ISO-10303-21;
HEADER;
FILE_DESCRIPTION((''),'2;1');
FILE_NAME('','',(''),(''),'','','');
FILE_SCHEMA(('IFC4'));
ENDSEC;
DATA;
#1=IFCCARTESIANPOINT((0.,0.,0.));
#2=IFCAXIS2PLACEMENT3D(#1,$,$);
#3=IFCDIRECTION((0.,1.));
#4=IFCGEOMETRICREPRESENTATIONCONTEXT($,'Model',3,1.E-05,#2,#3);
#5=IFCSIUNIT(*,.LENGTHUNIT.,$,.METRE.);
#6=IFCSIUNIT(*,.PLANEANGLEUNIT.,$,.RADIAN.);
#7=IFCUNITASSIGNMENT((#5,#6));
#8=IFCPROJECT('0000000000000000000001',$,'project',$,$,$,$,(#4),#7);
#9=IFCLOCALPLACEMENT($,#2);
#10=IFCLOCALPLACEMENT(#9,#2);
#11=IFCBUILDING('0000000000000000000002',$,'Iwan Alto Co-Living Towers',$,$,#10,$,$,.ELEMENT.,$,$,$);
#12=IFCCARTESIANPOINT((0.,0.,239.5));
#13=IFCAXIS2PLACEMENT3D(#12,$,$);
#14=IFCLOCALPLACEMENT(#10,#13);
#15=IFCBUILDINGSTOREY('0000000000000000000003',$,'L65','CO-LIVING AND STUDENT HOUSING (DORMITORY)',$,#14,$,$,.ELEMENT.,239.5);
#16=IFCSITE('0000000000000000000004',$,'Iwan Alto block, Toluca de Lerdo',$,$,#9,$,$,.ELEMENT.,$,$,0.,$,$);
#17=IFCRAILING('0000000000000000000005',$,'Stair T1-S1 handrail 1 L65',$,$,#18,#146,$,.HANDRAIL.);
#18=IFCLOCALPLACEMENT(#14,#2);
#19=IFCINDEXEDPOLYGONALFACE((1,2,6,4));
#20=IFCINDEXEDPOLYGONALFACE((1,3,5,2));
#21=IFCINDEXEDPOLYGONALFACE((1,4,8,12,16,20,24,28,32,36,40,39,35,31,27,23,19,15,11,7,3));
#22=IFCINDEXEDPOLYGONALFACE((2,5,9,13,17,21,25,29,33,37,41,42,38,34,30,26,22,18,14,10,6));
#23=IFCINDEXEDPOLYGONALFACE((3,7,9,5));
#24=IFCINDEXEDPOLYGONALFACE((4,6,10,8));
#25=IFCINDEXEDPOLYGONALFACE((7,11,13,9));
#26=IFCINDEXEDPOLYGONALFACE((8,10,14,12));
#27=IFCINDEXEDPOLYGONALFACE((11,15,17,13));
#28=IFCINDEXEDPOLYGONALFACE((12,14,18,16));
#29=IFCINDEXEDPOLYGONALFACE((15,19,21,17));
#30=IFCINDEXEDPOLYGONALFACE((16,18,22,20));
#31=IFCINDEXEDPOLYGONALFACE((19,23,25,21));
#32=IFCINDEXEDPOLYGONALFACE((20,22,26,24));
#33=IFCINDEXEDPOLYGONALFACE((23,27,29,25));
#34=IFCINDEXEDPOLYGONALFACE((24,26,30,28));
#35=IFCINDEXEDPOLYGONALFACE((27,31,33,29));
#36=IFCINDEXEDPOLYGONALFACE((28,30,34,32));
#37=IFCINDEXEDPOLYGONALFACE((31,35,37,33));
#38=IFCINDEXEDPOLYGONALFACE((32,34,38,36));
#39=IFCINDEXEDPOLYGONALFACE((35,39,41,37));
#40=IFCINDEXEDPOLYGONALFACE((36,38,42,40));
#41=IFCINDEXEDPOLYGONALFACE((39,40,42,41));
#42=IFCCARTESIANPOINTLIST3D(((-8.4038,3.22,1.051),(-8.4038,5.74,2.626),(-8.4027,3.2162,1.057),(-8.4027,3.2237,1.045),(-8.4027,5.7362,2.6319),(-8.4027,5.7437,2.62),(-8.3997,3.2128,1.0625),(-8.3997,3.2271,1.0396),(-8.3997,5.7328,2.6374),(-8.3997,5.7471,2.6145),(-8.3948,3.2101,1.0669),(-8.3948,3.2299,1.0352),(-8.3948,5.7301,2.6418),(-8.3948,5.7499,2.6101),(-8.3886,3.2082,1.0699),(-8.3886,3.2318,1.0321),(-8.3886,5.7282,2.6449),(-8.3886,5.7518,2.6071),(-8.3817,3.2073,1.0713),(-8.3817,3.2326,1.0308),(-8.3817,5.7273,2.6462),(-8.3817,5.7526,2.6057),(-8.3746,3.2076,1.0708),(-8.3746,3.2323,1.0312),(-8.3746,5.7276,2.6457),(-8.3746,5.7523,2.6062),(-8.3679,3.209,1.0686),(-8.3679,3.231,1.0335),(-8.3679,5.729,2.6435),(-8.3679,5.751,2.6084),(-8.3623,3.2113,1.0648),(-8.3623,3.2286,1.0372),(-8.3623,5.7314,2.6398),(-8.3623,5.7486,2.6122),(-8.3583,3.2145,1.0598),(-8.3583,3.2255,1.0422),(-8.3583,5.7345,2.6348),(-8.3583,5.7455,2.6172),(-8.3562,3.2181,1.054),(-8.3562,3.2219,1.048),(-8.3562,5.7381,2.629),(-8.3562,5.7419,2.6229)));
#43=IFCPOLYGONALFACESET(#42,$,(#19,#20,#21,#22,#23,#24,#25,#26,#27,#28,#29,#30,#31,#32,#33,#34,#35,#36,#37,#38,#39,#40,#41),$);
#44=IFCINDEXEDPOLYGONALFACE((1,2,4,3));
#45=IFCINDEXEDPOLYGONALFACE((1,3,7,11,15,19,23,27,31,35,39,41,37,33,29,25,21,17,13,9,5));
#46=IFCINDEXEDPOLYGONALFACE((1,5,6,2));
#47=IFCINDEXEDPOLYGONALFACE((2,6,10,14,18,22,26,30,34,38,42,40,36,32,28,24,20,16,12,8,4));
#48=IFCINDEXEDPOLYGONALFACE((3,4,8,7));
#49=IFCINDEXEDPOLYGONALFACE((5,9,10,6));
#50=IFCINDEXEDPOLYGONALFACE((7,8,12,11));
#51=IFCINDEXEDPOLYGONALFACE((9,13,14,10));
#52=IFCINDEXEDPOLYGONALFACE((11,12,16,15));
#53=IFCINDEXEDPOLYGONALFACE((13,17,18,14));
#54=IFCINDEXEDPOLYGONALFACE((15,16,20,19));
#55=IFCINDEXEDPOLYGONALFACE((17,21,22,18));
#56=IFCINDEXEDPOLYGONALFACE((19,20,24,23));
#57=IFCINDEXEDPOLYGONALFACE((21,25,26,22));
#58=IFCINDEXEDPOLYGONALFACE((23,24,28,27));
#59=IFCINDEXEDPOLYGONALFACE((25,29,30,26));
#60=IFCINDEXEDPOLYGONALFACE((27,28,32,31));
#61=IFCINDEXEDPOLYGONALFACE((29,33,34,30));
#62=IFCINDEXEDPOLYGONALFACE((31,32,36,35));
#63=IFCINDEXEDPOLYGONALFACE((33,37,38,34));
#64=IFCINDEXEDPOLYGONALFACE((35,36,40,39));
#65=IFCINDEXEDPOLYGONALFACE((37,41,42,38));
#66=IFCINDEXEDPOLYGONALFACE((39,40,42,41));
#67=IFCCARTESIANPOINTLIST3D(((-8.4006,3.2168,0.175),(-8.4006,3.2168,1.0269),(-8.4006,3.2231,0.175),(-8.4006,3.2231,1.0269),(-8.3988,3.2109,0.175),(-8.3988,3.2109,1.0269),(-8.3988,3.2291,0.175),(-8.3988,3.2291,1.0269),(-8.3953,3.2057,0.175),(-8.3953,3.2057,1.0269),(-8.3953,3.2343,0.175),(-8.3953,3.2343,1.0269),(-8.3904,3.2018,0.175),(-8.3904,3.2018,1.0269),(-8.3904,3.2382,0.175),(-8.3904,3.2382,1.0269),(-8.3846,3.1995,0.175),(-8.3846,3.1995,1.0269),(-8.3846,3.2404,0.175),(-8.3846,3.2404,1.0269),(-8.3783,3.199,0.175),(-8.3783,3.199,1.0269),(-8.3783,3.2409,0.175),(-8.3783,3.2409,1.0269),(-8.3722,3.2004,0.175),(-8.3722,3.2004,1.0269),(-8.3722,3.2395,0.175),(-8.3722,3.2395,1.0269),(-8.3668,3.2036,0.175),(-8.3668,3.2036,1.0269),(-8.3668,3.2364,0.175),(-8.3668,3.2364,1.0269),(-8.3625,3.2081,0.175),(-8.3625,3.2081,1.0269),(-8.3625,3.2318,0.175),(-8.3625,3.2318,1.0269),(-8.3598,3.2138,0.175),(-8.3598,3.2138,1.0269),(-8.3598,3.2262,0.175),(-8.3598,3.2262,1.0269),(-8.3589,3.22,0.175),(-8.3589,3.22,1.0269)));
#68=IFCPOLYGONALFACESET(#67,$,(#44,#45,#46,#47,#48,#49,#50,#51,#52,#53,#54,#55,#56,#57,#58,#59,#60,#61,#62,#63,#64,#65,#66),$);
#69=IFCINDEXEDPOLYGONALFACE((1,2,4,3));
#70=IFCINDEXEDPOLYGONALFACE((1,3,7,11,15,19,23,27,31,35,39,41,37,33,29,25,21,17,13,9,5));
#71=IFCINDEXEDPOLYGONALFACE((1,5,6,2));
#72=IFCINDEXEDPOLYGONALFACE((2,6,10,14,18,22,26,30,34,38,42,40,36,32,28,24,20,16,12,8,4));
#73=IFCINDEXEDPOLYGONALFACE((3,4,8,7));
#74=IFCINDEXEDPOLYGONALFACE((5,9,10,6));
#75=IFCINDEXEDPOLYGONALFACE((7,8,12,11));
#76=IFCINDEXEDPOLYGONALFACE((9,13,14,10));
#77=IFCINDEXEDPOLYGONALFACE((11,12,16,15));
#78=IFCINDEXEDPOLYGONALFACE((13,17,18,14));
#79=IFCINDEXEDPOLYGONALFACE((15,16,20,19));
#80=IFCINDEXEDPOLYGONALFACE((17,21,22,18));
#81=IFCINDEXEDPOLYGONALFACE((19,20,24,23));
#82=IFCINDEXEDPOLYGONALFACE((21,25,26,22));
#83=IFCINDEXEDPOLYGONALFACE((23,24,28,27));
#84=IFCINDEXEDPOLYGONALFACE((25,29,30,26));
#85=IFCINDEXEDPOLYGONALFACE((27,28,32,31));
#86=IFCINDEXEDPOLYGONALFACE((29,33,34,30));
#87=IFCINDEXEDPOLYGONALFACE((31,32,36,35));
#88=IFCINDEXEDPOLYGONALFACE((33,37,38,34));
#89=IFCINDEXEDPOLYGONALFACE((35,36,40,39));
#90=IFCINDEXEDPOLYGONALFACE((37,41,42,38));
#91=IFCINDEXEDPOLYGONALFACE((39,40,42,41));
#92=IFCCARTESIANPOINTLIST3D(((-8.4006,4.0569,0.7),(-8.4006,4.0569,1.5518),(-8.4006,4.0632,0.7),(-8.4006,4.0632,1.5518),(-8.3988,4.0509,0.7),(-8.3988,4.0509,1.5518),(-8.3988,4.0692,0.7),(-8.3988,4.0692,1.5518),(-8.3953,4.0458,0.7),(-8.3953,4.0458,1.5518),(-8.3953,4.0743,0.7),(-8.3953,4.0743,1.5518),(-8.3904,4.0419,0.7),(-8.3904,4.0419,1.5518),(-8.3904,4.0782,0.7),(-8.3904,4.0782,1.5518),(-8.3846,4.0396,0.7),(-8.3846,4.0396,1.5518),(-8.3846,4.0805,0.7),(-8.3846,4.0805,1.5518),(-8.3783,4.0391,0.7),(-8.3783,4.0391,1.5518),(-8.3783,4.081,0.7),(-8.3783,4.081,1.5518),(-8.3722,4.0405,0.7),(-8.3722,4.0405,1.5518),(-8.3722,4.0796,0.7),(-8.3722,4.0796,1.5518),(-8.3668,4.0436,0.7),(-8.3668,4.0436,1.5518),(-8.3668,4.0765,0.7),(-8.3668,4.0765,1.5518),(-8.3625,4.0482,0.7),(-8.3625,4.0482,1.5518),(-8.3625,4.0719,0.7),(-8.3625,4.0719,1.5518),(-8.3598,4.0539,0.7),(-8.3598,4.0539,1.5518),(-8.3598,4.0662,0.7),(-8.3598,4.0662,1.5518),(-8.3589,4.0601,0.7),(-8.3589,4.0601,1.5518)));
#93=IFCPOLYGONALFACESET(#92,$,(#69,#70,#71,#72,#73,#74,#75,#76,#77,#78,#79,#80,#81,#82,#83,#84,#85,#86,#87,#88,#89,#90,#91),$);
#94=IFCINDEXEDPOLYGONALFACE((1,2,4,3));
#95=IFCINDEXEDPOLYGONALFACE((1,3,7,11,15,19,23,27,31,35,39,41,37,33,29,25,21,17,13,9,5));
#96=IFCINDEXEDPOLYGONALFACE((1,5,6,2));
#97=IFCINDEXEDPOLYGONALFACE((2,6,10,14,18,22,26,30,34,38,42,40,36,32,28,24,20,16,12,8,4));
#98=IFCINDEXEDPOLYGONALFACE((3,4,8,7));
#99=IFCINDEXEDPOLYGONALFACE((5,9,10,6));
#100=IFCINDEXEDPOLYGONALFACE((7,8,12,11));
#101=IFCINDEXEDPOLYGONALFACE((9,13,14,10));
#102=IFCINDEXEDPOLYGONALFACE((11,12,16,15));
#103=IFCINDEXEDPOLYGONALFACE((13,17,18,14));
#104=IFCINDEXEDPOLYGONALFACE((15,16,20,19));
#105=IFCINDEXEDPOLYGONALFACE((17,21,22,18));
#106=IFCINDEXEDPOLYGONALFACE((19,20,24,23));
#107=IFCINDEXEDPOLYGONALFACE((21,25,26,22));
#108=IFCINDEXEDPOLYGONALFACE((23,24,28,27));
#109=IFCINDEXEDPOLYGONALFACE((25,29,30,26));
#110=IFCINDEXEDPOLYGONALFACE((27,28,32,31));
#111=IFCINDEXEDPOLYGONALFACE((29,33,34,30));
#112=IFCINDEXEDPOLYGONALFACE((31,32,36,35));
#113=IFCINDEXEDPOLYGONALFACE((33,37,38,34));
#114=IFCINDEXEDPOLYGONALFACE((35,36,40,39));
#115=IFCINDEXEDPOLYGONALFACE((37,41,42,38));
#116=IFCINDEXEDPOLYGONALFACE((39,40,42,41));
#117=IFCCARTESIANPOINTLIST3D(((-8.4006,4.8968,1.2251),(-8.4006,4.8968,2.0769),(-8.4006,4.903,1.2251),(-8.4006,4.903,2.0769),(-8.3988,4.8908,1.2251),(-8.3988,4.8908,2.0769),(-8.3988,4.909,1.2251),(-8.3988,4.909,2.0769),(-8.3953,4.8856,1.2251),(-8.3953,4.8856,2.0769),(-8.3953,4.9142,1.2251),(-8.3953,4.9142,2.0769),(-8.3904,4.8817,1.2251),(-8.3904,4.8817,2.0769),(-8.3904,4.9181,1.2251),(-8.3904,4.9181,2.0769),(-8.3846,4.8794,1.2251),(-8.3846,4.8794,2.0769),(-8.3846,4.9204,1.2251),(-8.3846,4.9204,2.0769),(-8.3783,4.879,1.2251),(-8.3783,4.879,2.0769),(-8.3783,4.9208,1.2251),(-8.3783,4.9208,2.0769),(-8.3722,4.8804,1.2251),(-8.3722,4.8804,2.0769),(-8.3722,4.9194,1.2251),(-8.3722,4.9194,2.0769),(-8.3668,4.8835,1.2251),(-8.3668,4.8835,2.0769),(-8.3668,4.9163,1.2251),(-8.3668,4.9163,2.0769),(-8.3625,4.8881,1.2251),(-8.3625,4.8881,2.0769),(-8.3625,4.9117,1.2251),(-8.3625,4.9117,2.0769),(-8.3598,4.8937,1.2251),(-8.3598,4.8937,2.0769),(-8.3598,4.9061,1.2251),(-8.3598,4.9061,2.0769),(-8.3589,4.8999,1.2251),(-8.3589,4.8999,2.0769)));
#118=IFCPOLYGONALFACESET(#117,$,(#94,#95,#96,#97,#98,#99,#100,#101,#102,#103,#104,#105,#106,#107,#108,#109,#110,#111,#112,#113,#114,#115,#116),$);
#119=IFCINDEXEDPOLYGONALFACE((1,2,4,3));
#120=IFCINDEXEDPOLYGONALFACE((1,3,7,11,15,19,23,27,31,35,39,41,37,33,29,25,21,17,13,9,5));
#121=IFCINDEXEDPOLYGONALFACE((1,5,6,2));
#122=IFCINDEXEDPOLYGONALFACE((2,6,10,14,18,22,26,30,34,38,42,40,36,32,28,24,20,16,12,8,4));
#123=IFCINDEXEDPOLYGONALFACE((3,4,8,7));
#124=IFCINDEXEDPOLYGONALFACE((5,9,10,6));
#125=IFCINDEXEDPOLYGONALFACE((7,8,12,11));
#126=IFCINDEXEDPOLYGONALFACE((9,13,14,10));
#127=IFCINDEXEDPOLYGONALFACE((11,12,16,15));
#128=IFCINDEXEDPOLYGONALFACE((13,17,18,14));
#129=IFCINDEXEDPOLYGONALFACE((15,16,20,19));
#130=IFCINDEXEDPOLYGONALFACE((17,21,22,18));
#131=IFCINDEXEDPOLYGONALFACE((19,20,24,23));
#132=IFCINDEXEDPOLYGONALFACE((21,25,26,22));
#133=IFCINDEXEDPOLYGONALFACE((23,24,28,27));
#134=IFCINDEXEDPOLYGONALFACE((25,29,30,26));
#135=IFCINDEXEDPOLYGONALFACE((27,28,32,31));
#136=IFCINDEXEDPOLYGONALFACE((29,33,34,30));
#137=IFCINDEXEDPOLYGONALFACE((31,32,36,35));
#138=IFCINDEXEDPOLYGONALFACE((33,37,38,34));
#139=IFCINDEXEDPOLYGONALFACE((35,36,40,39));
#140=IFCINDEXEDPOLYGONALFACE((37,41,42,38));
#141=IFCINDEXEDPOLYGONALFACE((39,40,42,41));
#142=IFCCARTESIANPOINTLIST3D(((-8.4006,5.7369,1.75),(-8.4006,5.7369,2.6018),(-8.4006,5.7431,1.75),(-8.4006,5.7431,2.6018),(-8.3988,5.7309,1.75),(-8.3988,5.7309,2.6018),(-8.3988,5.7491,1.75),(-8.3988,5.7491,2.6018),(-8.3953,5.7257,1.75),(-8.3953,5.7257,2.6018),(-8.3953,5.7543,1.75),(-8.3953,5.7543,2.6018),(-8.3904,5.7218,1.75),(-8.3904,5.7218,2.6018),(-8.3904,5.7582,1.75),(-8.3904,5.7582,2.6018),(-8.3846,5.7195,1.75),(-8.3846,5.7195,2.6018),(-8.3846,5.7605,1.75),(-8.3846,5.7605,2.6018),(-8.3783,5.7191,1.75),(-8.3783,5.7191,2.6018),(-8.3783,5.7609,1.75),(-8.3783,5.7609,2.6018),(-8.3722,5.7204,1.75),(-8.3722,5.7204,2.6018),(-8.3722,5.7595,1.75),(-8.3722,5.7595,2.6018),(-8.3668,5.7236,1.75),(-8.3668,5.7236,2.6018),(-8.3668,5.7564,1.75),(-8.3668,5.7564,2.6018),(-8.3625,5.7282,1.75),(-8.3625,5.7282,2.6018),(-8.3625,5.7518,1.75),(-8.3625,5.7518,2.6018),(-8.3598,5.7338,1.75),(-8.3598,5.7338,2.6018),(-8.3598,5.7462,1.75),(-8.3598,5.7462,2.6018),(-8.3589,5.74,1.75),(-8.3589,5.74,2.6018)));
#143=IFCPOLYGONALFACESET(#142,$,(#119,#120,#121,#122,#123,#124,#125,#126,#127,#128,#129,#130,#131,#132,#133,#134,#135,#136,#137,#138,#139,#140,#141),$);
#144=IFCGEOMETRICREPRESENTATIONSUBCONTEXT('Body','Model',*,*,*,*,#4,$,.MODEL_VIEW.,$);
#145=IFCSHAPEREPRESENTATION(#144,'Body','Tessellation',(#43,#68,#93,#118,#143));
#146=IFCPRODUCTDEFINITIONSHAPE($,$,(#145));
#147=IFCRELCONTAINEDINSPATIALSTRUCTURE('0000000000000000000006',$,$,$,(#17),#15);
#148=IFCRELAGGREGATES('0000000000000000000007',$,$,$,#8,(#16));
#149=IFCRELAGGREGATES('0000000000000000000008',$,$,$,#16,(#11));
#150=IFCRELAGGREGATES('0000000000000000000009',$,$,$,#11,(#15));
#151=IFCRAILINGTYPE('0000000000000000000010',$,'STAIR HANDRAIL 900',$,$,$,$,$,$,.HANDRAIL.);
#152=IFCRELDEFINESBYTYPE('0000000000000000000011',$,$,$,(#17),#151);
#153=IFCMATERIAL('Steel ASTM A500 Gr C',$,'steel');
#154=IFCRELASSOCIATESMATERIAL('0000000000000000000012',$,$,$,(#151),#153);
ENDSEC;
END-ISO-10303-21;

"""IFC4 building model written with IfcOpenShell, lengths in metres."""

from ifc_helpers import new_model, si_unit, direction, frame, origin, origin_2d, place, context, subcontext, project, spatial, circle, extrude, material, type_object, element, save


model = new_model("IFC4")

# Units and contexts
model_context = context("Model", 3, precision=1e-05, world=origin(), true_north=direction((0.0, 1.0)))
body_context = subcontext(model_context, "Body", "Model", "MODEL_VIEW")
ifc_project = project(units=[si_unit("LENGTHUNIT", "METRE"), si_unit("PLANEANGLEUNIT", "RADIAN")], contexts=[model_context])

# Site, building, storey
site_placement = place(None, origin())
site = spatial("IfcSite", under=ifc_project, at=site_placement, Name="Iwan Alto block, Toluca de Lerdo", CompositionType="ELEMENT", RefElevation=0.0)
building_placement = place(site_placement, origin())
building = spatial("IfcBuilding", under=site, at=building_placement, Name="Iwan Alto Co-Living Towers", CompositionType="ELEMENT")
storey_placement = place(building_placement, frame((0.0, 0.0, 239.5)))
storey = spatial("IfcBuildingStorey", under=building, at=storey_placement, Name="L65", Description="CO-LIVING AND STUDENT HOUSING (DORMITORY)", CompositionType="ELEMENT", Elevation=239.5)

# Railing
ifc_material_1 = material(Name="Steel ASTM A500 Gr C", Category="steel")
railing_type_1 = type_object("IfcRailingType", Name="STAIR HANDRAIL 900", PredefinedType="HANDRAIL", material=ifc_material_1)
railing_1_placement = place(storey_placement, frame((-8.3799, 3.22, 0.175)))
element("IfcRailing", 1, at=railing_1_placement, inside=storey, type_object=railing_type_1, Name="Stair T1-S1 handrail 1 L65", PredefinedType="HANDRAIL", context=body_context, shape_type="SweptSolid", body=[
    extrude(circle(Radius=0.0239, at=origin_2d()), frame((0.0, 0.0, 0.876), z_axis=(0.0, 0.848008, 0.529984), x_axis=(-1.0, 0.0, 0.0)), (0.0, 0.0, 1.0), 2.9717),
    extrude(circle(Radius=0.021, at=origin_2d()), origin(), (0.0, 0.0, 1.0), 0.8518),
    extrude(circle(Radius=0.021, at=origin_2d()), frame((0.0, 0.8401, 0.5249)), (0.0, 0.0, 1.0), 0.8518),
    extrude(circle(Radius=0.021, at=origin_2d()), frame((0.0, 1.6799, 1.05)), (0.0, 0.0, 1.0), 0.8518),
    extrude(circle(Radius=0.021, at=origin_2d()), frame((0.0, 2.52, 1.575)), (0.0, 0.0, 1.0), 0.8518),
])

save(model, "model.ifc")
